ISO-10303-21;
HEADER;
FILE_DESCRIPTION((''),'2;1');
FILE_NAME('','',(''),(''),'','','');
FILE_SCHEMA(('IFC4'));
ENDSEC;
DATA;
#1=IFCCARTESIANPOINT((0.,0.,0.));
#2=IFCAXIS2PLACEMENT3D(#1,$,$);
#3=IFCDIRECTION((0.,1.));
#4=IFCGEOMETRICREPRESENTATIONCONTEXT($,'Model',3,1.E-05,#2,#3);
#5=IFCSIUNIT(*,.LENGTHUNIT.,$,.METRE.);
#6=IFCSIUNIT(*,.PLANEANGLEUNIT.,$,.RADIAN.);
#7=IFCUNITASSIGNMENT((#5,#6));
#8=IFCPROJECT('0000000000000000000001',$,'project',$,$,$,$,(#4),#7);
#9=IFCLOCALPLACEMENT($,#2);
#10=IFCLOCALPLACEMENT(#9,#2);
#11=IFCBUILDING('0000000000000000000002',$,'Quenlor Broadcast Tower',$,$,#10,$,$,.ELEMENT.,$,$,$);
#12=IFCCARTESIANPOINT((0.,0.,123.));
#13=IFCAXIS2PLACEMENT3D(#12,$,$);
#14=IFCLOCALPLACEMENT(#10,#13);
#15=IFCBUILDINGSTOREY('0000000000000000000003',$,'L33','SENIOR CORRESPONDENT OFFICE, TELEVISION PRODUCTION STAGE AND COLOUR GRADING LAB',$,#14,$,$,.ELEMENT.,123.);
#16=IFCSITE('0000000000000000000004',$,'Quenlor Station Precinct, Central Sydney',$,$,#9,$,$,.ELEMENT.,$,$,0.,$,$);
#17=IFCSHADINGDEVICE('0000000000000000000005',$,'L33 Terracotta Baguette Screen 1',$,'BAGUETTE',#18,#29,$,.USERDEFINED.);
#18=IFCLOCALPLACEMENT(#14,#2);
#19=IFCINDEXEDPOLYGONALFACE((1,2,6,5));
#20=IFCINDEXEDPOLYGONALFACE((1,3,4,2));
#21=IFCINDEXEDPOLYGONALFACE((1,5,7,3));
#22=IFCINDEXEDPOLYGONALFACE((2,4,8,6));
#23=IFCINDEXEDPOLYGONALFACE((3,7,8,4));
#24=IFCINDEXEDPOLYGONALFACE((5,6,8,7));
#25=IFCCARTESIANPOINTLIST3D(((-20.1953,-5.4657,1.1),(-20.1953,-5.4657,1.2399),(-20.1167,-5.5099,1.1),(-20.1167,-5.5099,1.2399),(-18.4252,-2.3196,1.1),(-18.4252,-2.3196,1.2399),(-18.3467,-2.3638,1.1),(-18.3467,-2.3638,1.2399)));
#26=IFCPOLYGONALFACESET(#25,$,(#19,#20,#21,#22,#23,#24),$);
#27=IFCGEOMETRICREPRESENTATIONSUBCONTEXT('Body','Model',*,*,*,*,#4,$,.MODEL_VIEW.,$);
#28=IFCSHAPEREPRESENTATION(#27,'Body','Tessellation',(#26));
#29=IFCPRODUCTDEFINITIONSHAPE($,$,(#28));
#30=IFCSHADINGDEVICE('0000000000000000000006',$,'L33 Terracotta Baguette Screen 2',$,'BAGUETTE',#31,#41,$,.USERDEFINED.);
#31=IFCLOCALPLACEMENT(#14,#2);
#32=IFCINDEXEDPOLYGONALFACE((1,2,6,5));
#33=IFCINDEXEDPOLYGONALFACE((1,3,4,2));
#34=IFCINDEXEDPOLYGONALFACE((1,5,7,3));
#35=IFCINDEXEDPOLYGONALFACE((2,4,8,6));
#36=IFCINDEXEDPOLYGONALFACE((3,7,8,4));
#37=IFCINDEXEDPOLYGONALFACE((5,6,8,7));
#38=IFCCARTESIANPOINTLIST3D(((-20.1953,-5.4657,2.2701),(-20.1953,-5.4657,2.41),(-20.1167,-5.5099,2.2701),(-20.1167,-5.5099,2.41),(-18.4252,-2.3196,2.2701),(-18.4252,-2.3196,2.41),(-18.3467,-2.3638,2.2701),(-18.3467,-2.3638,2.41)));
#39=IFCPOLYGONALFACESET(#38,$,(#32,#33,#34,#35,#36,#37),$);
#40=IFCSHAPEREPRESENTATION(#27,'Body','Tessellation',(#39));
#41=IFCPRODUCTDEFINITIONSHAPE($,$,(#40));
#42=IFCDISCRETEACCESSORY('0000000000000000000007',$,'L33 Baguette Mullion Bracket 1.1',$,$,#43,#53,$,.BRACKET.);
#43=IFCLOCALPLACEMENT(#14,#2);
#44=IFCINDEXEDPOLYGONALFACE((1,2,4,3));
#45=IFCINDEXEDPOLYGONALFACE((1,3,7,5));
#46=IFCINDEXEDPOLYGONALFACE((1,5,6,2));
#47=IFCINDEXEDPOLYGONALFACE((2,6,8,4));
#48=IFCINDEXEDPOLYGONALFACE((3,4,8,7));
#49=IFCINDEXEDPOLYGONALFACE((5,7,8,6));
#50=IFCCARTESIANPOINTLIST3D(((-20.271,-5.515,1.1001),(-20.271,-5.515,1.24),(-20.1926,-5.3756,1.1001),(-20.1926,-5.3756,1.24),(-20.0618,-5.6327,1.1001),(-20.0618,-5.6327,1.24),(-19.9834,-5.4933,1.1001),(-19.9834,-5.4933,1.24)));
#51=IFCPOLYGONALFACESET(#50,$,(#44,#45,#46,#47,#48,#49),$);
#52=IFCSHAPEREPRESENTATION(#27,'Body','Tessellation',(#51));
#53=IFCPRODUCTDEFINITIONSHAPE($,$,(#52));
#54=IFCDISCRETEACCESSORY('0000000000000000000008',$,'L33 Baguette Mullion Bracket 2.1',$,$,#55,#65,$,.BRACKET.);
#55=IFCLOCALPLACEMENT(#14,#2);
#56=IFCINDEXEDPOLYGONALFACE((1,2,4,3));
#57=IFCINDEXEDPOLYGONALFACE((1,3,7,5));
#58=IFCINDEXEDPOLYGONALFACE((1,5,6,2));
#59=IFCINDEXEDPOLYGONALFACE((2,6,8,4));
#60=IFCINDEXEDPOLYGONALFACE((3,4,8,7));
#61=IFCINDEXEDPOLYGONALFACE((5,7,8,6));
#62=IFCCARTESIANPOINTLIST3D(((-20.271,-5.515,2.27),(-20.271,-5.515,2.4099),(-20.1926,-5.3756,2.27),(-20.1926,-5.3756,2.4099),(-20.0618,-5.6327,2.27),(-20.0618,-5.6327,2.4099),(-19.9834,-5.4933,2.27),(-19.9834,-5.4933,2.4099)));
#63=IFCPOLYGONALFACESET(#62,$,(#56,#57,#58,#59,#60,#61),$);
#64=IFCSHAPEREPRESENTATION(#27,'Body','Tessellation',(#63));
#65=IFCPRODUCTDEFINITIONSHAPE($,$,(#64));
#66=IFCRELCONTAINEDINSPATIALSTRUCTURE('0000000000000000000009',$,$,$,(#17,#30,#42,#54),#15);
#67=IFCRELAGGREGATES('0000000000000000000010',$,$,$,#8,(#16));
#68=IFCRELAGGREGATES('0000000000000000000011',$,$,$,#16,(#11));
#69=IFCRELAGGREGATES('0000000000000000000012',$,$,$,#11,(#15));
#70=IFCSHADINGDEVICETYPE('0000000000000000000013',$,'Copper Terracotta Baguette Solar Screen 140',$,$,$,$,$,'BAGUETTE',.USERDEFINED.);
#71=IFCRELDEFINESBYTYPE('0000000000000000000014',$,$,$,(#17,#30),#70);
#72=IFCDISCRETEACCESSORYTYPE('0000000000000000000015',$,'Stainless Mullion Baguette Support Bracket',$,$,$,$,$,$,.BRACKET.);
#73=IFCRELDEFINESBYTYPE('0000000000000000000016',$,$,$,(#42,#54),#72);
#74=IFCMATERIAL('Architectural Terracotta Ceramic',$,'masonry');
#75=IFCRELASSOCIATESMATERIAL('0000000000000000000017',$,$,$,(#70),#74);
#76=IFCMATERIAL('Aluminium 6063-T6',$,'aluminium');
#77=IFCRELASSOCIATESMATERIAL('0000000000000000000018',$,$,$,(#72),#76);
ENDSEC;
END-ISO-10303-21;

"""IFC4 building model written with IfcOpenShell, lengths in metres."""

from ifc_helpers import new_model, si_unit, direction, frame, origin, origin_2d, place, context, subcontext, project, spatial, rectangle, extrude, material, material_profile, profile_set, type_object, element, save


model = new_model("IFC4")

# Units and contexts
model_context = context("Model", 3, precision=1e-05, world=origin(), true_north=direction((0.0, 1.0)))
body_context = subcontext(model_context, "Body", "Model", "MODEL_VIEW")
ifc_project = project(units=[si_unit("LENGTHUNIT", "METRE"), si_unit("PLANEANGLEUNIT", "RADIAN")], contexts=[model_context])

# Site, building, storey
site_placement = place(None, origin())
site = spatial("IfcSite", under=ifc_project, at=site_placement, Name="Quenlor Station Precinct, Central Sydney", CompositionType="ELEMENT", RefElevation=0.0)
building_placement = place(site_placement, origin())
building = spatial("IfcBuilding", under=site, at=building_placement, Name="Quenlor Broadcast Tower", CompositionType="ELEMENT")
storey_placement = place(building_placement, frame((0.0, 0.0, 123.0)))
storey = spatial("IfcBuildingStorey", under=building, at=storey_placement, Name="L33", Description="SENIOR CORRESPONDENT OFFICE, TELEVISION PRODUCTION STAGE AND COLOUR GRADING LAB", CompositionType="ELEMENT", Elevation=123.0)

# Shading devices
ifc_material_1 = material(Name="Architectural Terracotta Ceramic", Category="masonry")
ifc_material_profile_1 = material_profile(ifc_material_1, rectangle(XDim=0.0901, YDim=0.1399, at=origin_2d()))
ifc_profile_set_1 = profile_set([ifc_material_profile_1], Name="Architectural Terracotta Ceramic BAG90x140")
shading_device_type = type_object("IfcShadingDeviceType", Name="Copper Terracotta Baguette Solar Screen 140", ElementType="BAGUETTE", PredefinedType="USERDEFINED", material=ifc_profile_set_1)
for number, where, z_axis, x_axis, name in (
    (1, (-20.156, -5.4878, 1.1699), (0.490345, 0.871529, 0.0), (-0.871529, 0.490345, 0.0), "L33 Terracotta Baguette Screen 1"),
    (2, (-20.156, -5.4878, 2.3401), (0.490345, 0.871529, 0.0), (-0.871529, 0.490345, 0.0), "L33 Terracotta Baguette Screen 2"),
):
    element("IfcShadingDevice", number, at=place(storey_placement, frame(where, z_axis=z_axis, x_axis=x_axis)), inside=storey, type_object=shading_device_type, Name=name, ObjectType="BAGUETTE", PredefinedType="USERDEFINED", context=body_context, shape_type="SweptSolid", body=[
        extrude(rectangle(XDim=0.0901, YDim=0.1399, at=origin_2d()), origin(), (0.0, 0.0, 1.0), 3.6099),
    ])

# Discrete accessories
ifc_material_2 = material(Name="Aluminium 6063-T6", Category="aluminium")
discrete_accessory_type = type_object("IfcDiscreteAccessoryType", Name="Stainless Mullion Baguette Support Bracket", PredefinedType="BRACKET", material=ifc_material_2)
for number, where, z_axis, x_axis, name in (
    (3, (-20.1272, -5.5042, 1.1001), (0.0, 0.0, 1.0), (0.490277, 0.871567, 0.0), "L33 Baguette Mullion Bracket 1.1"),
    (4, (-20.1272, -5.5042, 2.27), (0.0, 0.0, 1.0), (0.490277, 0.871567, 0.0), "L33 Baguette Mullion Bracket 2.1"),
):
    element("IfcDiscreteAccessory", number, at=place(storey_placement, frame(where, z_axis=z_axis, x_axis=x_axis)), inside=storey, type_object=discrete_accessory_type, Name=name, PredefinedType="BRACKET", context=body_context, shape_type="SweptSolid", body=[
        extrude(rectangle(XDim=0.1599, YDim=0.24, at=origin_2d()), origin(), (0.0, 0.0, 1.0), 0.1399),
    ])

save(model, "model.ifc")
